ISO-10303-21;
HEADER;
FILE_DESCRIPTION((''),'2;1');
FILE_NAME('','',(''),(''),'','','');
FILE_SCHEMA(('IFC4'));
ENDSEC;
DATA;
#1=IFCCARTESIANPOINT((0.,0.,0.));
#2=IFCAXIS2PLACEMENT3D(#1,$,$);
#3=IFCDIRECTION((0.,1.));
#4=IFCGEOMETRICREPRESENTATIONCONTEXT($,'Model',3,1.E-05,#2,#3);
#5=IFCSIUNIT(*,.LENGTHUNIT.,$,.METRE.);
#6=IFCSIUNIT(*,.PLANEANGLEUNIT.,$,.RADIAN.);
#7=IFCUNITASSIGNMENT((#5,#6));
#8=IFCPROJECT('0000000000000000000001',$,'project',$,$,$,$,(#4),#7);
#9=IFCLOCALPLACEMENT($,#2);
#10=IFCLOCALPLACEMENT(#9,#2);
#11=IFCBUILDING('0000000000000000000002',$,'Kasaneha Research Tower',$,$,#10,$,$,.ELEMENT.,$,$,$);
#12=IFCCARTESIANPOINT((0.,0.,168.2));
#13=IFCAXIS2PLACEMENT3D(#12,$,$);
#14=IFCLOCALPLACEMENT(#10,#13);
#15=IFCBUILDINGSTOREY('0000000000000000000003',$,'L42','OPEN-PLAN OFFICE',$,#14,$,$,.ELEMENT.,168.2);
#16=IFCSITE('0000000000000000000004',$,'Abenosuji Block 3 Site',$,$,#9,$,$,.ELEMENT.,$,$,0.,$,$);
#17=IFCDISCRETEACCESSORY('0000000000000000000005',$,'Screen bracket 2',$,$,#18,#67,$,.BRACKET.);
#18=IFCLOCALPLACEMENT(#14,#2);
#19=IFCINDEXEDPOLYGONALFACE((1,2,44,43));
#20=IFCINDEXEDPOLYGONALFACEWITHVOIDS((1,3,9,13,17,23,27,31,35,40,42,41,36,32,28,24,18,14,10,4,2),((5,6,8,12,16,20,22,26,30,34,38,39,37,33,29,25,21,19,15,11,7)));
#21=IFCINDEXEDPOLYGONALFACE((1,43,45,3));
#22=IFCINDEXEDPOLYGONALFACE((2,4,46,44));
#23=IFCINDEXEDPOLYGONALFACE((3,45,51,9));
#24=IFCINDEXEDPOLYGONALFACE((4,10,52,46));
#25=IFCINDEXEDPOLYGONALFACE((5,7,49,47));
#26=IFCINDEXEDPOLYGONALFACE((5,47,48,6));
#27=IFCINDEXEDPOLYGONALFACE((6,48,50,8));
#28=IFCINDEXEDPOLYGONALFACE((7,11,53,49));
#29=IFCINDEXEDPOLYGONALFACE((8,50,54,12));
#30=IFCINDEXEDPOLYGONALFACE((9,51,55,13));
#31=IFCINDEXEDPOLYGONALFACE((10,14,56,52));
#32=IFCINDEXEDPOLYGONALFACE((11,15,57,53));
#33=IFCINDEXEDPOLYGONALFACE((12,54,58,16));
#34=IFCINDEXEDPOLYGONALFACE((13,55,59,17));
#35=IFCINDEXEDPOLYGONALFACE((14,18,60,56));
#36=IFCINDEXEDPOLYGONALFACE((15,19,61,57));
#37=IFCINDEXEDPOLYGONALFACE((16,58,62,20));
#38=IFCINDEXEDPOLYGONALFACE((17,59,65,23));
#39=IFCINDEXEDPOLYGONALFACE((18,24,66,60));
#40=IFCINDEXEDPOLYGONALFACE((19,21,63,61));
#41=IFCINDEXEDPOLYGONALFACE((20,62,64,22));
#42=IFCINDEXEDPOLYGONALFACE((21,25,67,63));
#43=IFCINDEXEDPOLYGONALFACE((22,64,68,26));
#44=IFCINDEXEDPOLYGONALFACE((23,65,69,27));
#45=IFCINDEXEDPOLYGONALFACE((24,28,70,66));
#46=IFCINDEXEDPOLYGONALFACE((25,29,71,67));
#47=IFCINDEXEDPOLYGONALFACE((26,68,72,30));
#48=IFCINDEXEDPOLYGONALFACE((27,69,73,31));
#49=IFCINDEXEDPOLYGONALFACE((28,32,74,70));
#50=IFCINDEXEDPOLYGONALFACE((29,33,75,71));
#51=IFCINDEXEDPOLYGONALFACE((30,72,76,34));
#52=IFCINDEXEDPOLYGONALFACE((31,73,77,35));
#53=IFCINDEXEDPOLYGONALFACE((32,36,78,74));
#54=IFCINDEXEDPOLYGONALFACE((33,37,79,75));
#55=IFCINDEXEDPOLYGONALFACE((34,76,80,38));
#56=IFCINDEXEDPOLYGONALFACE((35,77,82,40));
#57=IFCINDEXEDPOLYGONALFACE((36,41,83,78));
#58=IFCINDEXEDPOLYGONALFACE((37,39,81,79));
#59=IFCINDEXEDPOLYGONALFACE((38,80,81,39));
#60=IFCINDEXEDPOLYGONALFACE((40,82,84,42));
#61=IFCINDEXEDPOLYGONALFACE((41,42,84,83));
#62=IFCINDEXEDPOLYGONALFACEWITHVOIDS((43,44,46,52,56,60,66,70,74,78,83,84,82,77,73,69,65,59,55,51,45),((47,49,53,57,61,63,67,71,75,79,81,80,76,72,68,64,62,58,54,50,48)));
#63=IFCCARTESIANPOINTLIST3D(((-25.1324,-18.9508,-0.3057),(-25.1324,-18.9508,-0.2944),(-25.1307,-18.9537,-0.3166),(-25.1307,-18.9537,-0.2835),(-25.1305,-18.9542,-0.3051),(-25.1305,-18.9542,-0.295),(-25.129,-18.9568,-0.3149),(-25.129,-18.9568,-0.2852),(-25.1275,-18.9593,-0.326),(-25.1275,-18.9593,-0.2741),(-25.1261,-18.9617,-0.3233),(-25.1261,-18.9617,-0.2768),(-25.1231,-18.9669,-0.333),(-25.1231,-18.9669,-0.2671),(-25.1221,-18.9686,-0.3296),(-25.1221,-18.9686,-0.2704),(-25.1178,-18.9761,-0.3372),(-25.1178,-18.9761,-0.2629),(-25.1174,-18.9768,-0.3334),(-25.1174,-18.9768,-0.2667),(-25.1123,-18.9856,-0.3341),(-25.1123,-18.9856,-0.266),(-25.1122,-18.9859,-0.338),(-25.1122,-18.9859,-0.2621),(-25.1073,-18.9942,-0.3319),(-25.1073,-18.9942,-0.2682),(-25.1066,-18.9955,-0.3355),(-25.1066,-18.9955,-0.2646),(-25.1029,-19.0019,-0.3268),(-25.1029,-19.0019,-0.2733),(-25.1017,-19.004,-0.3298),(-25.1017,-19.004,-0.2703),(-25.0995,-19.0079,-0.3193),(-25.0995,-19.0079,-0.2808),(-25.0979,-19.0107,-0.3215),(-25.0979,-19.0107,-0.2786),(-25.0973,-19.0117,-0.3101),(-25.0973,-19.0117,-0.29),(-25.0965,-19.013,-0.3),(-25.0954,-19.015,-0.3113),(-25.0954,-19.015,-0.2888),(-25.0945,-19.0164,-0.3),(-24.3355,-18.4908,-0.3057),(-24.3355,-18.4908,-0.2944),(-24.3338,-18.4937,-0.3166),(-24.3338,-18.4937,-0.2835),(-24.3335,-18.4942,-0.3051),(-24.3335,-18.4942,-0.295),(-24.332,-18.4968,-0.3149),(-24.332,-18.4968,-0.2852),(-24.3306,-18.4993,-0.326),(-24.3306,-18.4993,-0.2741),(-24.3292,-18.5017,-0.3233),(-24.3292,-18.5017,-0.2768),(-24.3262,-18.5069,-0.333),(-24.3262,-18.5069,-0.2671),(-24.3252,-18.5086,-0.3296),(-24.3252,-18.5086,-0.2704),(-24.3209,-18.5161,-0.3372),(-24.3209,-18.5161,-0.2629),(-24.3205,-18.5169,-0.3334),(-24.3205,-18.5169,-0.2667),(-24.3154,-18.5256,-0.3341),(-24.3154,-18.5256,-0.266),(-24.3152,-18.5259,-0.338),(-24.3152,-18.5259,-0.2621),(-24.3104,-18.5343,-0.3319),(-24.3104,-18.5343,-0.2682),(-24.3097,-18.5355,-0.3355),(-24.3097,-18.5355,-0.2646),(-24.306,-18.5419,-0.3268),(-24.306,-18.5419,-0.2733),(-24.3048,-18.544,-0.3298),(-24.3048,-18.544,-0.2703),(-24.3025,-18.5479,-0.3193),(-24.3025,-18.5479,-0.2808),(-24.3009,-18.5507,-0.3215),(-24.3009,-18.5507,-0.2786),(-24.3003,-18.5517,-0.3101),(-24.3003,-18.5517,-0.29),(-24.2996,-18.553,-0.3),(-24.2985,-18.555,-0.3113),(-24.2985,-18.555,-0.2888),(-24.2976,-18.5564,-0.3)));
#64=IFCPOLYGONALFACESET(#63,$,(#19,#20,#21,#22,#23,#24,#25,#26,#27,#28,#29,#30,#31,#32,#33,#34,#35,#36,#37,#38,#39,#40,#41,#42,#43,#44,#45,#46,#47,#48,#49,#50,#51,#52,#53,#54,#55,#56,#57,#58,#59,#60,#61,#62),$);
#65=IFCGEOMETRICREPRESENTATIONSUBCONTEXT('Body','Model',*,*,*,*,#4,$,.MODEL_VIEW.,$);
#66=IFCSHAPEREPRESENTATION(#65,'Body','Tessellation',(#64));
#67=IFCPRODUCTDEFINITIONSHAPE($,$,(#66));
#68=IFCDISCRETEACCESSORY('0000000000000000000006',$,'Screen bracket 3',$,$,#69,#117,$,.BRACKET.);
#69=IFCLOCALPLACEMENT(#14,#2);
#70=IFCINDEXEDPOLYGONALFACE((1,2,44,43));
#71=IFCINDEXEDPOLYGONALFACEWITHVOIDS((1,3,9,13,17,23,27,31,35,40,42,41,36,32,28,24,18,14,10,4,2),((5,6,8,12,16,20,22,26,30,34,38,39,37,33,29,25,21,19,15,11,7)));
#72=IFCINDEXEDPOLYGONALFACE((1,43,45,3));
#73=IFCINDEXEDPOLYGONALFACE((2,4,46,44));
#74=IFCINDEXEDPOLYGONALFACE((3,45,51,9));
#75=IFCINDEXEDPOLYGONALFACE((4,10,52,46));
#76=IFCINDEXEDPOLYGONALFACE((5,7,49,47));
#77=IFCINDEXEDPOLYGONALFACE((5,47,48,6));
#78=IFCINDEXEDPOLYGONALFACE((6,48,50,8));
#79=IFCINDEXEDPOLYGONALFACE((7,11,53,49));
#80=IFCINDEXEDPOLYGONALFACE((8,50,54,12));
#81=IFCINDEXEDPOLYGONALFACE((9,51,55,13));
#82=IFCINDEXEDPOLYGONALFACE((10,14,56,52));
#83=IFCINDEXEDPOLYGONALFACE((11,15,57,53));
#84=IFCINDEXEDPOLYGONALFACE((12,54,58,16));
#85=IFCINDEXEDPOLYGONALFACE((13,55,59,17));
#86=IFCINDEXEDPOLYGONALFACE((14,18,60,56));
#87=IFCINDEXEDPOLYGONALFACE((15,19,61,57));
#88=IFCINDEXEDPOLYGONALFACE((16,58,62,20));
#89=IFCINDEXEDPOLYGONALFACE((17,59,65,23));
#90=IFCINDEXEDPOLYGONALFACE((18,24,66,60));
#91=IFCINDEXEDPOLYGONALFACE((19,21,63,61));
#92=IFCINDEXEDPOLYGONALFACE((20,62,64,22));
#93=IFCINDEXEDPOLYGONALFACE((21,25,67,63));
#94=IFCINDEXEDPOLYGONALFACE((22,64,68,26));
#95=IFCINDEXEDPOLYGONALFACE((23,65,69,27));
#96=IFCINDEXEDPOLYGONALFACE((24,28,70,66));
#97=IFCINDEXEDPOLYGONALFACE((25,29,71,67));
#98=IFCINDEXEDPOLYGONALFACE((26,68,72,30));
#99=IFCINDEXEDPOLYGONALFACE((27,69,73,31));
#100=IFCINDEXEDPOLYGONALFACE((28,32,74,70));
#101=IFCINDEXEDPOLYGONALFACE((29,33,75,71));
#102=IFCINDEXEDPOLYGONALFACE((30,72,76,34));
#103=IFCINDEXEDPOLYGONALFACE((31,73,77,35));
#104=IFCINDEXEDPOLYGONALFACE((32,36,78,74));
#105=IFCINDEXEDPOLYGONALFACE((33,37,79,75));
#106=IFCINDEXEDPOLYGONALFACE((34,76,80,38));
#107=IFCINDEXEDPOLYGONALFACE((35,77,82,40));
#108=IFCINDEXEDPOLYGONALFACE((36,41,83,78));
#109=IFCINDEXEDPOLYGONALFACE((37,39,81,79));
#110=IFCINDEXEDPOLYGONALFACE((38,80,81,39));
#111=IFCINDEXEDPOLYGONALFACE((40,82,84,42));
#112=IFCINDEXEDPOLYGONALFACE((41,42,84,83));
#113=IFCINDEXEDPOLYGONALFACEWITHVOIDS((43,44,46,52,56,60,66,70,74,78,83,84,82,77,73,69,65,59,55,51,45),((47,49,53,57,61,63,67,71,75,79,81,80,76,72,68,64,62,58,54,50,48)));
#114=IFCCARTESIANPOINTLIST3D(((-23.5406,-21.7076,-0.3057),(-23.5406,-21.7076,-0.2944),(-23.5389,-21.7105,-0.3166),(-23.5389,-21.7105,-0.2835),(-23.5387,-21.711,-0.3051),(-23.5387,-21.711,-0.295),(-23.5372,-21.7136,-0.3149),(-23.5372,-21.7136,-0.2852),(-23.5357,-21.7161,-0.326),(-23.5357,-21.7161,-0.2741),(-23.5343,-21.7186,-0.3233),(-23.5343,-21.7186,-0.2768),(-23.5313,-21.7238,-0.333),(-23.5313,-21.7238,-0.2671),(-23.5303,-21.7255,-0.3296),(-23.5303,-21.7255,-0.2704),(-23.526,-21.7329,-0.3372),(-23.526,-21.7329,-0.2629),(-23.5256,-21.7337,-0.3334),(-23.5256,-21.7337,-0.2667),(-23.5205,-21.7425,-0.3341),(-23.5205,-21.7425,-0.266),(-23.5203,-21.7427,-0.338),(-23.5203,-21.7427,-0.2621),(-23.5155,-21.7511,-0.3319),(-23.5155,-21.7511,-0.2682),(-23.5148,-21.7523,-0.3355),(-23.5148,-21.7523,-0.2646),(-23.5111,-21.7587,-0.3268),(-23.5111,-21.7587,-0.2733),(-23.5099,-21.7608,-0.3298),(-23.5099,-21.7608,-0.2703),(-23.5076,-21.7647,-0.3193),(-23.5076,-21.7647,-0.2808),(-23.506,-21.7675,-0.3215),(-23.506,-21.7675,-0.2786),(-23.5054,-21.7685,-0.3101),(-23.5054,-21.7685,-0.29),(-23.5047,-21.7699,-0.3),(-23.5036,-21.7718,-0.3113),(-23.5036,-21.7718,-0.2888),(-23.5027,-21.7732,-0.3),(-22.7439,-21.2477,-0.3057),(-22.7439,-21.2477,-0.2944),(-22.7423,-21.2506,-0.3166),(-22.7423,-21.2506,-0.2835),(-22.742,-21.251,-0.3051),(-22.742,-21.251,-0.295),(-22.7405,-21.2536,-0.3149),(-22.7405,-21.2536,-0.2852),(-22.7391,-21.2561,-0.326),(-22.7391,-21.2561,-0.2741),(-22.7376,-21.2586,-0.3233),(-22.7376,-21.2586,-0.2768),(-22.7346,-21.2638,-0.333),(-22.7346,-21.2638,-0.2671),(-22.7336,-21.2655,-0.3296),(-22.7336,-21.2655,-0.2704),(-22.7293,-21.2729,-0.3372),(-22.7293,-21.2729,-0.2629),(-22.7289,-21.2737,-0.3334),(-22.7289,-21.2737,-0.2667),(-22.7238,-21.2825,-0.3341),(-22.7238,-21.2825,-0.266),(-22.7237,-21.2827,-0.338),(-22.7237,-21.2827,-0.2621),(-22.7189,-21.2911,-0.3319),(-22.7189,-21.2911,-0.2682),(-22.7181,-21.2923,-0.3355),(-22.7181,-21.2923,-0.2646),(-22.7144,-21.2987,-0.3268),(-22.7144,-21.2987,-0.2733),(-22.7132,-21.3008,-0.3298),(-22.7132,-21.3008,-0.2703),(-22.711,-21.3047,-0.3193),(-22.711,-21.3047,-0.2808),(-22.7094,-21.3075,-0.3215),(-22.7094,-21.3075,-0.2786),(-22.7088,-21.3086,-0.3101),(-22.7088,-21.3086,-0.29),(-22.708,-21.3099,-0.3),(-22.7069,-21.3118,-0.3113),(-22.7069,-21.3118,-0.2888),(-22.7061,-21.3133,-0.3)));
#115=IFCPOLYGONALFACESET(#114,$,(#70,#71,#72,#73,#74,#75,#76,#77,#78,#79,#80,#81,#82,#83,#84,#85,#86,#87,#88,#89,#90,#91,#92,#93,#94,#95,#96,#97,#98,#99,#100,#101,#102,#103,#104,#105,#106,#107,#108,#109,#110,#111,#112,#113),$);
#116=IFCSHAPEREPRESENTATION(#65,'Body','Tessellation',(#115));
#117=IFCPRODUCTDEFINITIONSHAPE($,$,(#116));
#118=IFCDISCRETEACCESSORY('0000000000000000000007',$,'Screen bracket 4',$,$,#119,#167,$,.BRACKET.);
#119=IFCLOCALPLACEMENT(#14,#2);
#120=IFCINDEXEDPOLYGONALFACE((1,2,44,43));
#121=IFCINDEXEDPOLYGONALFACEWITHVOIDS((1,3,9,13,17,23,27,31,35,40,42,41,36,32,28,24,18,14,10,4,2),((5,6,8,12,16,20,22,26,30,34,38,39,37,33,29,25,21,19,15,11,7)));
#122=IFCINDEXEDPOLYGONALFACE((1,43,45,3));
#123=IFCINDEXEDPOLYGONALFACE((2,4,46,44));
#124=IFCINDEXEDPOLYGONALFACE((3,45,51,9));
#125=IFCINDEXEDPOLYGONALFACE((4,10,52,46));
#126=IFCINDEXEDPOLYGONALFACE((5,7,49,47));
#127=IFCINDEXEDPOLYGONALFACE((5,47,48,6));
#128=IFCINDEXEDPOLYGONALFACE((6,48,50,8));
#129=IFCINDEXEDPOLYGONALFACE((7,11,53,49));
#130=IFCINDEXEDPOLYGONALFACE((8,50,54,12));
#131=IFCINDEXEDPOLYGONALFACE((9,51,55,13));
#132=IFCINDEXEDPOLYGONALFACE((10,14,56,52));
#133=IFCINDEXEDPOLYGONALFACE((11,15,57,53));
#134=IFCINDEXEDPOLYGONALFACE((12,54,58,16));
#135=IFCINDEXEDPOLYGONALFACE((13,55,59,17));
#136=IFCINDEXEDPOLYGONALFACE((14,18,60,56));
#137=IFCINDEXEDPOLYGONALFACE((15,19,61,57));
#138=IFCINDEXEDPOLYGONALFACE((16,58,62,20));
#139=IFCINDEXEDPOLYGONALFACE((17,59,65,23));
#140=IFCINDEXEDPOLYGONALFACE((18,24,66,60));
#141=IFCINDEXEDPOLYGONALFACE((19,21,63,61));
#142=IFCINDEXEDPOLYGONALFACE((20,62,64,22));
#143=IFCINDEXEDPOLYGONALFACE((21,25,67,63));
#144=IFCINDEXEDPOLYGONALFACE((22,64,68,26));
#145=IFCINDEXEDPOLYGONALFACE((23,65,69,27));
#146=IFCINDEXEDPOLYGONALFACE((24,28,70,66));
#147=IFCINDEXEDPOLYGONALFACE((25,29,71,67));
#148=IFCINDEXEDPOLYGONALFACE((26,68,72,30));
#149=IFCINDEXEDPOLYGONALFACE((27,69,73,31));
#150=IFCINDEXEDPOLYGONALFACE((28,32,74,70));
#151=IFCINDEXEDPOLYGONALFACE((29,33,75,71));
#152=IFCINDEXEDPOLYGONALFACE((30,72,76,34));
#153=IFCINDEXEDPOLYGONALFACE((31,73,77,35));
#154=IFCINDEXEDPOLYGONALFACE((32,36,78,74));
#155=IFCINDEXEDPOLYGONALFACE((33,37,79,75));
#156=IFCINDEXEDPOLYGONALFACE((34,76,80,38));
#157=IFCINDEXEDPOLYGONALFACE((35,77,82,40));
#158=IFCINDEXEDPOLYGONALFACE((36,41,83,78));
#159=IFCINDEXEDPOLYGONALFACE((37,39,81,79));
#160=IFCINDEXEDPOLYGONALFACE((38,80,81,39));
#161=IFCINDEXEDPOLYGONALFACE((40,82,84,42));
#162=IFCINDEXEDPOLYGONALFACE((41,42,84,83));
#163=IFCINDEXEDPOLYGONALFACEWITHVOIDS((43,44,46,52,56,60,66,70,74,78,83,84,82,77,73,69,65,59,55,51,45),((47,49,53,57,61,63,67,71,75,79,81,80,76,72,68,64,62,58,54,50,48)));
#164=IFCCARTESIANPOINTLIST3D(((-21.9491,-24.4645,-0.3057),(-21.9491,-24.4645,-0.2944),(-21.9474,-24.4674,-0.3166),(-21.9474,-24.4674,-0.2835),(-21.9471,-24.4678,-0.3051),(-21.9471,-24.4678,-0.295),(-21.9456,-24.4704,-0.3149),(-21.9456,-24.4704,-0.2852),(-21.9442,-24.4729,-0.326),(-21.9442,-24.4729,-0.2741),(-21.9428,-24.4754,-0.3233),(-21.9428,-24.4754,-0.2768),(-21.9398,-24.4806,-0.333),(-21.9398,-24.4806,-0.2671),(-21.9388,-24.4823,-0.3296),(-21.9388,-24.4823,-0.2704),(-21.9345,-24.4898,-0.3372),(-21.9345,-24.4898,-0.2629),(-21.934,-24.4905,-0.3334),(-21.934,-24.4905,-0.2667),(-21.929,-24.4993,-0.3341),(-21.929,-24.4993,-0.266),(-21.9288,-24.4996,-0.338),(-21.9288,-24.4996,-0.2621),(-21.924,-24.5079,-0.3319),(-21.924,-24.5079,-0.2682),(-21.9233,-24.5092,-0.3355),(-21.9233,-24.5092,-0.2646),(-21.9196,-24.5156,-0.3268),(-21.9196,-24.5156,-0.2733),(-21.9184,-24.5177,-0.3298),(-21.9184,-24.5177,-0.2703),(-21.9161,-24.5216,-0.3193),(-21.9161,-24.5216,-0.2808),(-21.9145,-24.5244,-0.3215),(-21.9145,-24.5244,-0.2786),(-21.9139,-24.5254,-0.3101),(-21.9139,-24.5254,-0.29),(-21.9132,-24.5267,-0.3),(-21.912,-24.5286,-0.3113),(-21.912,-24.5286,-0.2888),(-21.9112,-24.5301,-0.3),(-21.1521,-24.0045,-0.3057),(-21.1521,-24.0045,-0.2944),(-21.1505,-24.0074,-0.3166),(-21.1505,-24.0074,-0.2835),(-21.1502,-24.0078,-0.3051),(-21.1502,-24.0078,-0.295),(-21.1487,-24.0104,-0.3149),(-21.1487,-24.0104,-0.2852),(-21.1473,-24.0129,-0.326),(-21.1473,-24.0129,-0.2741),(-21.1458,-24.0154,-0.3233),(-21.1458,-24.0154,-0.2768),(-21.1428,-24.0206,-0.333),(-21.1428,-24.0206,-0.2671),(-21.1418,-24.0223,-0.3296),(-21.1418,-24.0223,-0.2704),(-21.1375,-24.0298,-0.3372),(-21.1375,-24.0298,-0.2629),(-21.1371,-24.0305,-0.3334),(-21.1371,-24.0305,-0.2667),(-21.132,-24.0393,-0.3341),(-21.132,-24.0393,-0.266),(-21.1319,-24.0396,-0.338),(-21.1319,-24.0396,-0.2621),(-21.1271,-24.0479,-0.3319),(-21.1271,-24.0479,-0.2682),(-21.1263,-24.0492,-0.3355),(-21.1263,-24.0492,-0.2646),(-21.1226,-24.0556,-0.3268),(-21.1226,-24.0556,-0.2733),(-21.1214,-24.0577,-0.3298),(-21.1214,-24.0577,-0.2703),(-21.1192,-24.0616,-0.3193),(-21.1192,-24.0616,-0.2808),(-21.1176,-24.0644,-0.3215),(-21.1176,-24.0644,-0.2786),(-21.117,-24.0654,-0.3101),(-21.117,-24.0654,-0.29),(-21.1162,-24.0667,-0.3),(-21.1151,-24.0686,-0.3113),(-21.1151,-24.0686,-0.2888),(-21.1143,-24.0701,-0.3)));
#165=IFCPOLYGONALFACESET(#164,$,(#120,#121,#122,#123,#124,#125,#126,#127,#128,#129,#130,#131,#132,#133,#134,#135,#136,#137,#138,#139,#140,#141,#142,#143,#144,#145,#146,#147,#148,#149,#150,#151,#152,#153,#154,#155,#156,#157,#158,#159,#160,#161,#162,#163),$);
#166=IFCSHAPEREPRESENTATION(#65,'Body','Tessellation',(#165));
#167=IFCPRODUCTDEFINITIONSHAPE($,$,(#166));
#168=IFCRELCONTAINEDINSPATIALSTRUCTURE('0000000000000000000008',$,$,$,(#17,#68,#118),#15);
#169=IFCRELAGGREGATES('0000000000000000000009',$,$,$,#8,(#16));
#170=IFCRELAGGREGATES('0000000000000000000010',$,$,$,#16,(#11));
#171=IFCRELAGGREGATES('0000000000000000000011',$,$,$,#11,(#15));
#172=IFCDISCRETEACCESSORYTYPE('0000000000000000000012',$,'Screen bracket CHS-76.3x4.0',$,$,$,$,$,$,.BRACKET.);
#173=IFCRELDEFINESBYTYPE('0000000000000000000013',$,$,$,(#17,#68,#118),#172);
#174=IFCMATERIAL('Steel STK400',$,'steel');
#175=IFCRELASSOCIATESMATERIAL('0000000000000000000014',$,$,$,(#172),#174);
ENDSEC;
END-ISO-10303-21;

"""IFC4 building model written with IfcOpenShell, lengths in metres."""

from ifc_helpers import new_model, si_unit, direction, frame, origin, origin_2d, place, context, subcontext, project, spatial, hollow_circle, extrude, material, material_profile, profile_set, type_object, element, save


model = new_model("IFC4")

# Units and contexts
model_context = context("Model", 3, precision=1e-05, world=origin(), true_north=direction((0.0, 1.0)))
body_context = subcontext(model_context, "Body", "Model", "MODEL_VIEW")
ifc_project = project(units=[si_unit("LENGTHUNIT", "METRE"), si_unit("PLANEANGLEUNIT", "RADIAN")], contexts=[model_context])

# Site, building, storey
site_placement = place(None, origin())
site = spatial("IfcSite", under=ifc_project, at=site_placement, Name="Abenosuji Block 3 Site", CompositionType="ELEMENT", RefElevation=0.0)
building_placement = place(site_placement, origin())
building = spatial("IfcBuilding", under=site, at=building_placement, Name="Kasaneha Research Tower", CompositionType="ELEMENT")
storey_placement = place(building_placement, frame((0.0, 0.0, 168.2)))
storey = spatial("IfcBuildingStorey", under=building, at=storey_placement, Name="L42", Description="OPEN-PLAN OFFICE", CompositionType="ELEMENT", Elevation=168.2)

# Discrete accessories
ifc_material_1 = material(Name="Steel STK400", Category="steel")
ifc_material_profile_1 = material_profile(ifc_material_1, hollow_circle(Radius=0.0381, WallThickness=0.0039, at=origin_2d()), Name="CHS-76.3x4.0")
ifc_profile_set_1 = profile_set([ifc_material_profile_1], Name="Steel STK400")
discrete_accessory_type = type_object("IfcDiscreteAccessoryType", Name="Screen bracket CHS-76.3x4.0", PredefinedType="BRACKET", material=ifc_profile_set_1)
discrete_accessory_1_placement = place(storey_placement, frame((-24.3167, -18.5234, -0.3), z_axis=(-0.86608, -0.499906, 0.0), x_axis=(0.499906, -0.86608, 0.0)))
element("IfcDiscreteAccessory", 1, at=discrete_accessory_1_placement, inside=storey, type_object=discrete_accessory_type, Name="Screen bracket 2", PredefinedType="BRACKET", context=body_context, shape_type="SweptSolid", body=[
    extrude(hollow_circle(Radius=0.0381, WallThickness=0.0039, at=origin_2d()), origin(), (0.0, 0.0, 1.0), 0.9202),
])
discrete_accessory_2_placement = place(storey_placement, frame((-22.7251, -21.2803, -0.3), z_axis=(-0.866013, -0.500021, 0.0), x_axis=(0.500021, -0.866013, 0.0)))
element("IfcDiscreteAccessory", 2, at=discrete_accessory_2_placement, inside=storey, type_object=discrete_accessory_type, Name="Screen bracket 3", PredefinedType="BRACKET", context=body_context, shape_type="SweptSolid", body=[
    extrude(hollow_circle(Radius=0.0381, WallThickness=0.0039, at=origin_2d()), origin(), (0.0, 0.0, 1.0), 0.9199),
])
discrete_accessory_3_placement = place(storey_placement, frame((-21.1333, -24.0371, -0.3), z_axis=(-0.86608, -0.499906, 0.0), x_axis=(0.499906, -0.86608, 0.0)))
element("IfcDiscreteAccessory", 3, at=discrete_accessory_3_placement, inside=storey, type_object=discrete_accessory_type, Name="Screen bracket 4", PredefinedType="BRACKET", context=body_context, shape_type="SweptSolid", body=[
    extrude(hollow_circle(Radius=0.0381, WallThickness=0.0039, at=origin_2d()), origin(), (0.0, 0.0, 1.0), 0.9202),
])

save(model, "model.ifc")
